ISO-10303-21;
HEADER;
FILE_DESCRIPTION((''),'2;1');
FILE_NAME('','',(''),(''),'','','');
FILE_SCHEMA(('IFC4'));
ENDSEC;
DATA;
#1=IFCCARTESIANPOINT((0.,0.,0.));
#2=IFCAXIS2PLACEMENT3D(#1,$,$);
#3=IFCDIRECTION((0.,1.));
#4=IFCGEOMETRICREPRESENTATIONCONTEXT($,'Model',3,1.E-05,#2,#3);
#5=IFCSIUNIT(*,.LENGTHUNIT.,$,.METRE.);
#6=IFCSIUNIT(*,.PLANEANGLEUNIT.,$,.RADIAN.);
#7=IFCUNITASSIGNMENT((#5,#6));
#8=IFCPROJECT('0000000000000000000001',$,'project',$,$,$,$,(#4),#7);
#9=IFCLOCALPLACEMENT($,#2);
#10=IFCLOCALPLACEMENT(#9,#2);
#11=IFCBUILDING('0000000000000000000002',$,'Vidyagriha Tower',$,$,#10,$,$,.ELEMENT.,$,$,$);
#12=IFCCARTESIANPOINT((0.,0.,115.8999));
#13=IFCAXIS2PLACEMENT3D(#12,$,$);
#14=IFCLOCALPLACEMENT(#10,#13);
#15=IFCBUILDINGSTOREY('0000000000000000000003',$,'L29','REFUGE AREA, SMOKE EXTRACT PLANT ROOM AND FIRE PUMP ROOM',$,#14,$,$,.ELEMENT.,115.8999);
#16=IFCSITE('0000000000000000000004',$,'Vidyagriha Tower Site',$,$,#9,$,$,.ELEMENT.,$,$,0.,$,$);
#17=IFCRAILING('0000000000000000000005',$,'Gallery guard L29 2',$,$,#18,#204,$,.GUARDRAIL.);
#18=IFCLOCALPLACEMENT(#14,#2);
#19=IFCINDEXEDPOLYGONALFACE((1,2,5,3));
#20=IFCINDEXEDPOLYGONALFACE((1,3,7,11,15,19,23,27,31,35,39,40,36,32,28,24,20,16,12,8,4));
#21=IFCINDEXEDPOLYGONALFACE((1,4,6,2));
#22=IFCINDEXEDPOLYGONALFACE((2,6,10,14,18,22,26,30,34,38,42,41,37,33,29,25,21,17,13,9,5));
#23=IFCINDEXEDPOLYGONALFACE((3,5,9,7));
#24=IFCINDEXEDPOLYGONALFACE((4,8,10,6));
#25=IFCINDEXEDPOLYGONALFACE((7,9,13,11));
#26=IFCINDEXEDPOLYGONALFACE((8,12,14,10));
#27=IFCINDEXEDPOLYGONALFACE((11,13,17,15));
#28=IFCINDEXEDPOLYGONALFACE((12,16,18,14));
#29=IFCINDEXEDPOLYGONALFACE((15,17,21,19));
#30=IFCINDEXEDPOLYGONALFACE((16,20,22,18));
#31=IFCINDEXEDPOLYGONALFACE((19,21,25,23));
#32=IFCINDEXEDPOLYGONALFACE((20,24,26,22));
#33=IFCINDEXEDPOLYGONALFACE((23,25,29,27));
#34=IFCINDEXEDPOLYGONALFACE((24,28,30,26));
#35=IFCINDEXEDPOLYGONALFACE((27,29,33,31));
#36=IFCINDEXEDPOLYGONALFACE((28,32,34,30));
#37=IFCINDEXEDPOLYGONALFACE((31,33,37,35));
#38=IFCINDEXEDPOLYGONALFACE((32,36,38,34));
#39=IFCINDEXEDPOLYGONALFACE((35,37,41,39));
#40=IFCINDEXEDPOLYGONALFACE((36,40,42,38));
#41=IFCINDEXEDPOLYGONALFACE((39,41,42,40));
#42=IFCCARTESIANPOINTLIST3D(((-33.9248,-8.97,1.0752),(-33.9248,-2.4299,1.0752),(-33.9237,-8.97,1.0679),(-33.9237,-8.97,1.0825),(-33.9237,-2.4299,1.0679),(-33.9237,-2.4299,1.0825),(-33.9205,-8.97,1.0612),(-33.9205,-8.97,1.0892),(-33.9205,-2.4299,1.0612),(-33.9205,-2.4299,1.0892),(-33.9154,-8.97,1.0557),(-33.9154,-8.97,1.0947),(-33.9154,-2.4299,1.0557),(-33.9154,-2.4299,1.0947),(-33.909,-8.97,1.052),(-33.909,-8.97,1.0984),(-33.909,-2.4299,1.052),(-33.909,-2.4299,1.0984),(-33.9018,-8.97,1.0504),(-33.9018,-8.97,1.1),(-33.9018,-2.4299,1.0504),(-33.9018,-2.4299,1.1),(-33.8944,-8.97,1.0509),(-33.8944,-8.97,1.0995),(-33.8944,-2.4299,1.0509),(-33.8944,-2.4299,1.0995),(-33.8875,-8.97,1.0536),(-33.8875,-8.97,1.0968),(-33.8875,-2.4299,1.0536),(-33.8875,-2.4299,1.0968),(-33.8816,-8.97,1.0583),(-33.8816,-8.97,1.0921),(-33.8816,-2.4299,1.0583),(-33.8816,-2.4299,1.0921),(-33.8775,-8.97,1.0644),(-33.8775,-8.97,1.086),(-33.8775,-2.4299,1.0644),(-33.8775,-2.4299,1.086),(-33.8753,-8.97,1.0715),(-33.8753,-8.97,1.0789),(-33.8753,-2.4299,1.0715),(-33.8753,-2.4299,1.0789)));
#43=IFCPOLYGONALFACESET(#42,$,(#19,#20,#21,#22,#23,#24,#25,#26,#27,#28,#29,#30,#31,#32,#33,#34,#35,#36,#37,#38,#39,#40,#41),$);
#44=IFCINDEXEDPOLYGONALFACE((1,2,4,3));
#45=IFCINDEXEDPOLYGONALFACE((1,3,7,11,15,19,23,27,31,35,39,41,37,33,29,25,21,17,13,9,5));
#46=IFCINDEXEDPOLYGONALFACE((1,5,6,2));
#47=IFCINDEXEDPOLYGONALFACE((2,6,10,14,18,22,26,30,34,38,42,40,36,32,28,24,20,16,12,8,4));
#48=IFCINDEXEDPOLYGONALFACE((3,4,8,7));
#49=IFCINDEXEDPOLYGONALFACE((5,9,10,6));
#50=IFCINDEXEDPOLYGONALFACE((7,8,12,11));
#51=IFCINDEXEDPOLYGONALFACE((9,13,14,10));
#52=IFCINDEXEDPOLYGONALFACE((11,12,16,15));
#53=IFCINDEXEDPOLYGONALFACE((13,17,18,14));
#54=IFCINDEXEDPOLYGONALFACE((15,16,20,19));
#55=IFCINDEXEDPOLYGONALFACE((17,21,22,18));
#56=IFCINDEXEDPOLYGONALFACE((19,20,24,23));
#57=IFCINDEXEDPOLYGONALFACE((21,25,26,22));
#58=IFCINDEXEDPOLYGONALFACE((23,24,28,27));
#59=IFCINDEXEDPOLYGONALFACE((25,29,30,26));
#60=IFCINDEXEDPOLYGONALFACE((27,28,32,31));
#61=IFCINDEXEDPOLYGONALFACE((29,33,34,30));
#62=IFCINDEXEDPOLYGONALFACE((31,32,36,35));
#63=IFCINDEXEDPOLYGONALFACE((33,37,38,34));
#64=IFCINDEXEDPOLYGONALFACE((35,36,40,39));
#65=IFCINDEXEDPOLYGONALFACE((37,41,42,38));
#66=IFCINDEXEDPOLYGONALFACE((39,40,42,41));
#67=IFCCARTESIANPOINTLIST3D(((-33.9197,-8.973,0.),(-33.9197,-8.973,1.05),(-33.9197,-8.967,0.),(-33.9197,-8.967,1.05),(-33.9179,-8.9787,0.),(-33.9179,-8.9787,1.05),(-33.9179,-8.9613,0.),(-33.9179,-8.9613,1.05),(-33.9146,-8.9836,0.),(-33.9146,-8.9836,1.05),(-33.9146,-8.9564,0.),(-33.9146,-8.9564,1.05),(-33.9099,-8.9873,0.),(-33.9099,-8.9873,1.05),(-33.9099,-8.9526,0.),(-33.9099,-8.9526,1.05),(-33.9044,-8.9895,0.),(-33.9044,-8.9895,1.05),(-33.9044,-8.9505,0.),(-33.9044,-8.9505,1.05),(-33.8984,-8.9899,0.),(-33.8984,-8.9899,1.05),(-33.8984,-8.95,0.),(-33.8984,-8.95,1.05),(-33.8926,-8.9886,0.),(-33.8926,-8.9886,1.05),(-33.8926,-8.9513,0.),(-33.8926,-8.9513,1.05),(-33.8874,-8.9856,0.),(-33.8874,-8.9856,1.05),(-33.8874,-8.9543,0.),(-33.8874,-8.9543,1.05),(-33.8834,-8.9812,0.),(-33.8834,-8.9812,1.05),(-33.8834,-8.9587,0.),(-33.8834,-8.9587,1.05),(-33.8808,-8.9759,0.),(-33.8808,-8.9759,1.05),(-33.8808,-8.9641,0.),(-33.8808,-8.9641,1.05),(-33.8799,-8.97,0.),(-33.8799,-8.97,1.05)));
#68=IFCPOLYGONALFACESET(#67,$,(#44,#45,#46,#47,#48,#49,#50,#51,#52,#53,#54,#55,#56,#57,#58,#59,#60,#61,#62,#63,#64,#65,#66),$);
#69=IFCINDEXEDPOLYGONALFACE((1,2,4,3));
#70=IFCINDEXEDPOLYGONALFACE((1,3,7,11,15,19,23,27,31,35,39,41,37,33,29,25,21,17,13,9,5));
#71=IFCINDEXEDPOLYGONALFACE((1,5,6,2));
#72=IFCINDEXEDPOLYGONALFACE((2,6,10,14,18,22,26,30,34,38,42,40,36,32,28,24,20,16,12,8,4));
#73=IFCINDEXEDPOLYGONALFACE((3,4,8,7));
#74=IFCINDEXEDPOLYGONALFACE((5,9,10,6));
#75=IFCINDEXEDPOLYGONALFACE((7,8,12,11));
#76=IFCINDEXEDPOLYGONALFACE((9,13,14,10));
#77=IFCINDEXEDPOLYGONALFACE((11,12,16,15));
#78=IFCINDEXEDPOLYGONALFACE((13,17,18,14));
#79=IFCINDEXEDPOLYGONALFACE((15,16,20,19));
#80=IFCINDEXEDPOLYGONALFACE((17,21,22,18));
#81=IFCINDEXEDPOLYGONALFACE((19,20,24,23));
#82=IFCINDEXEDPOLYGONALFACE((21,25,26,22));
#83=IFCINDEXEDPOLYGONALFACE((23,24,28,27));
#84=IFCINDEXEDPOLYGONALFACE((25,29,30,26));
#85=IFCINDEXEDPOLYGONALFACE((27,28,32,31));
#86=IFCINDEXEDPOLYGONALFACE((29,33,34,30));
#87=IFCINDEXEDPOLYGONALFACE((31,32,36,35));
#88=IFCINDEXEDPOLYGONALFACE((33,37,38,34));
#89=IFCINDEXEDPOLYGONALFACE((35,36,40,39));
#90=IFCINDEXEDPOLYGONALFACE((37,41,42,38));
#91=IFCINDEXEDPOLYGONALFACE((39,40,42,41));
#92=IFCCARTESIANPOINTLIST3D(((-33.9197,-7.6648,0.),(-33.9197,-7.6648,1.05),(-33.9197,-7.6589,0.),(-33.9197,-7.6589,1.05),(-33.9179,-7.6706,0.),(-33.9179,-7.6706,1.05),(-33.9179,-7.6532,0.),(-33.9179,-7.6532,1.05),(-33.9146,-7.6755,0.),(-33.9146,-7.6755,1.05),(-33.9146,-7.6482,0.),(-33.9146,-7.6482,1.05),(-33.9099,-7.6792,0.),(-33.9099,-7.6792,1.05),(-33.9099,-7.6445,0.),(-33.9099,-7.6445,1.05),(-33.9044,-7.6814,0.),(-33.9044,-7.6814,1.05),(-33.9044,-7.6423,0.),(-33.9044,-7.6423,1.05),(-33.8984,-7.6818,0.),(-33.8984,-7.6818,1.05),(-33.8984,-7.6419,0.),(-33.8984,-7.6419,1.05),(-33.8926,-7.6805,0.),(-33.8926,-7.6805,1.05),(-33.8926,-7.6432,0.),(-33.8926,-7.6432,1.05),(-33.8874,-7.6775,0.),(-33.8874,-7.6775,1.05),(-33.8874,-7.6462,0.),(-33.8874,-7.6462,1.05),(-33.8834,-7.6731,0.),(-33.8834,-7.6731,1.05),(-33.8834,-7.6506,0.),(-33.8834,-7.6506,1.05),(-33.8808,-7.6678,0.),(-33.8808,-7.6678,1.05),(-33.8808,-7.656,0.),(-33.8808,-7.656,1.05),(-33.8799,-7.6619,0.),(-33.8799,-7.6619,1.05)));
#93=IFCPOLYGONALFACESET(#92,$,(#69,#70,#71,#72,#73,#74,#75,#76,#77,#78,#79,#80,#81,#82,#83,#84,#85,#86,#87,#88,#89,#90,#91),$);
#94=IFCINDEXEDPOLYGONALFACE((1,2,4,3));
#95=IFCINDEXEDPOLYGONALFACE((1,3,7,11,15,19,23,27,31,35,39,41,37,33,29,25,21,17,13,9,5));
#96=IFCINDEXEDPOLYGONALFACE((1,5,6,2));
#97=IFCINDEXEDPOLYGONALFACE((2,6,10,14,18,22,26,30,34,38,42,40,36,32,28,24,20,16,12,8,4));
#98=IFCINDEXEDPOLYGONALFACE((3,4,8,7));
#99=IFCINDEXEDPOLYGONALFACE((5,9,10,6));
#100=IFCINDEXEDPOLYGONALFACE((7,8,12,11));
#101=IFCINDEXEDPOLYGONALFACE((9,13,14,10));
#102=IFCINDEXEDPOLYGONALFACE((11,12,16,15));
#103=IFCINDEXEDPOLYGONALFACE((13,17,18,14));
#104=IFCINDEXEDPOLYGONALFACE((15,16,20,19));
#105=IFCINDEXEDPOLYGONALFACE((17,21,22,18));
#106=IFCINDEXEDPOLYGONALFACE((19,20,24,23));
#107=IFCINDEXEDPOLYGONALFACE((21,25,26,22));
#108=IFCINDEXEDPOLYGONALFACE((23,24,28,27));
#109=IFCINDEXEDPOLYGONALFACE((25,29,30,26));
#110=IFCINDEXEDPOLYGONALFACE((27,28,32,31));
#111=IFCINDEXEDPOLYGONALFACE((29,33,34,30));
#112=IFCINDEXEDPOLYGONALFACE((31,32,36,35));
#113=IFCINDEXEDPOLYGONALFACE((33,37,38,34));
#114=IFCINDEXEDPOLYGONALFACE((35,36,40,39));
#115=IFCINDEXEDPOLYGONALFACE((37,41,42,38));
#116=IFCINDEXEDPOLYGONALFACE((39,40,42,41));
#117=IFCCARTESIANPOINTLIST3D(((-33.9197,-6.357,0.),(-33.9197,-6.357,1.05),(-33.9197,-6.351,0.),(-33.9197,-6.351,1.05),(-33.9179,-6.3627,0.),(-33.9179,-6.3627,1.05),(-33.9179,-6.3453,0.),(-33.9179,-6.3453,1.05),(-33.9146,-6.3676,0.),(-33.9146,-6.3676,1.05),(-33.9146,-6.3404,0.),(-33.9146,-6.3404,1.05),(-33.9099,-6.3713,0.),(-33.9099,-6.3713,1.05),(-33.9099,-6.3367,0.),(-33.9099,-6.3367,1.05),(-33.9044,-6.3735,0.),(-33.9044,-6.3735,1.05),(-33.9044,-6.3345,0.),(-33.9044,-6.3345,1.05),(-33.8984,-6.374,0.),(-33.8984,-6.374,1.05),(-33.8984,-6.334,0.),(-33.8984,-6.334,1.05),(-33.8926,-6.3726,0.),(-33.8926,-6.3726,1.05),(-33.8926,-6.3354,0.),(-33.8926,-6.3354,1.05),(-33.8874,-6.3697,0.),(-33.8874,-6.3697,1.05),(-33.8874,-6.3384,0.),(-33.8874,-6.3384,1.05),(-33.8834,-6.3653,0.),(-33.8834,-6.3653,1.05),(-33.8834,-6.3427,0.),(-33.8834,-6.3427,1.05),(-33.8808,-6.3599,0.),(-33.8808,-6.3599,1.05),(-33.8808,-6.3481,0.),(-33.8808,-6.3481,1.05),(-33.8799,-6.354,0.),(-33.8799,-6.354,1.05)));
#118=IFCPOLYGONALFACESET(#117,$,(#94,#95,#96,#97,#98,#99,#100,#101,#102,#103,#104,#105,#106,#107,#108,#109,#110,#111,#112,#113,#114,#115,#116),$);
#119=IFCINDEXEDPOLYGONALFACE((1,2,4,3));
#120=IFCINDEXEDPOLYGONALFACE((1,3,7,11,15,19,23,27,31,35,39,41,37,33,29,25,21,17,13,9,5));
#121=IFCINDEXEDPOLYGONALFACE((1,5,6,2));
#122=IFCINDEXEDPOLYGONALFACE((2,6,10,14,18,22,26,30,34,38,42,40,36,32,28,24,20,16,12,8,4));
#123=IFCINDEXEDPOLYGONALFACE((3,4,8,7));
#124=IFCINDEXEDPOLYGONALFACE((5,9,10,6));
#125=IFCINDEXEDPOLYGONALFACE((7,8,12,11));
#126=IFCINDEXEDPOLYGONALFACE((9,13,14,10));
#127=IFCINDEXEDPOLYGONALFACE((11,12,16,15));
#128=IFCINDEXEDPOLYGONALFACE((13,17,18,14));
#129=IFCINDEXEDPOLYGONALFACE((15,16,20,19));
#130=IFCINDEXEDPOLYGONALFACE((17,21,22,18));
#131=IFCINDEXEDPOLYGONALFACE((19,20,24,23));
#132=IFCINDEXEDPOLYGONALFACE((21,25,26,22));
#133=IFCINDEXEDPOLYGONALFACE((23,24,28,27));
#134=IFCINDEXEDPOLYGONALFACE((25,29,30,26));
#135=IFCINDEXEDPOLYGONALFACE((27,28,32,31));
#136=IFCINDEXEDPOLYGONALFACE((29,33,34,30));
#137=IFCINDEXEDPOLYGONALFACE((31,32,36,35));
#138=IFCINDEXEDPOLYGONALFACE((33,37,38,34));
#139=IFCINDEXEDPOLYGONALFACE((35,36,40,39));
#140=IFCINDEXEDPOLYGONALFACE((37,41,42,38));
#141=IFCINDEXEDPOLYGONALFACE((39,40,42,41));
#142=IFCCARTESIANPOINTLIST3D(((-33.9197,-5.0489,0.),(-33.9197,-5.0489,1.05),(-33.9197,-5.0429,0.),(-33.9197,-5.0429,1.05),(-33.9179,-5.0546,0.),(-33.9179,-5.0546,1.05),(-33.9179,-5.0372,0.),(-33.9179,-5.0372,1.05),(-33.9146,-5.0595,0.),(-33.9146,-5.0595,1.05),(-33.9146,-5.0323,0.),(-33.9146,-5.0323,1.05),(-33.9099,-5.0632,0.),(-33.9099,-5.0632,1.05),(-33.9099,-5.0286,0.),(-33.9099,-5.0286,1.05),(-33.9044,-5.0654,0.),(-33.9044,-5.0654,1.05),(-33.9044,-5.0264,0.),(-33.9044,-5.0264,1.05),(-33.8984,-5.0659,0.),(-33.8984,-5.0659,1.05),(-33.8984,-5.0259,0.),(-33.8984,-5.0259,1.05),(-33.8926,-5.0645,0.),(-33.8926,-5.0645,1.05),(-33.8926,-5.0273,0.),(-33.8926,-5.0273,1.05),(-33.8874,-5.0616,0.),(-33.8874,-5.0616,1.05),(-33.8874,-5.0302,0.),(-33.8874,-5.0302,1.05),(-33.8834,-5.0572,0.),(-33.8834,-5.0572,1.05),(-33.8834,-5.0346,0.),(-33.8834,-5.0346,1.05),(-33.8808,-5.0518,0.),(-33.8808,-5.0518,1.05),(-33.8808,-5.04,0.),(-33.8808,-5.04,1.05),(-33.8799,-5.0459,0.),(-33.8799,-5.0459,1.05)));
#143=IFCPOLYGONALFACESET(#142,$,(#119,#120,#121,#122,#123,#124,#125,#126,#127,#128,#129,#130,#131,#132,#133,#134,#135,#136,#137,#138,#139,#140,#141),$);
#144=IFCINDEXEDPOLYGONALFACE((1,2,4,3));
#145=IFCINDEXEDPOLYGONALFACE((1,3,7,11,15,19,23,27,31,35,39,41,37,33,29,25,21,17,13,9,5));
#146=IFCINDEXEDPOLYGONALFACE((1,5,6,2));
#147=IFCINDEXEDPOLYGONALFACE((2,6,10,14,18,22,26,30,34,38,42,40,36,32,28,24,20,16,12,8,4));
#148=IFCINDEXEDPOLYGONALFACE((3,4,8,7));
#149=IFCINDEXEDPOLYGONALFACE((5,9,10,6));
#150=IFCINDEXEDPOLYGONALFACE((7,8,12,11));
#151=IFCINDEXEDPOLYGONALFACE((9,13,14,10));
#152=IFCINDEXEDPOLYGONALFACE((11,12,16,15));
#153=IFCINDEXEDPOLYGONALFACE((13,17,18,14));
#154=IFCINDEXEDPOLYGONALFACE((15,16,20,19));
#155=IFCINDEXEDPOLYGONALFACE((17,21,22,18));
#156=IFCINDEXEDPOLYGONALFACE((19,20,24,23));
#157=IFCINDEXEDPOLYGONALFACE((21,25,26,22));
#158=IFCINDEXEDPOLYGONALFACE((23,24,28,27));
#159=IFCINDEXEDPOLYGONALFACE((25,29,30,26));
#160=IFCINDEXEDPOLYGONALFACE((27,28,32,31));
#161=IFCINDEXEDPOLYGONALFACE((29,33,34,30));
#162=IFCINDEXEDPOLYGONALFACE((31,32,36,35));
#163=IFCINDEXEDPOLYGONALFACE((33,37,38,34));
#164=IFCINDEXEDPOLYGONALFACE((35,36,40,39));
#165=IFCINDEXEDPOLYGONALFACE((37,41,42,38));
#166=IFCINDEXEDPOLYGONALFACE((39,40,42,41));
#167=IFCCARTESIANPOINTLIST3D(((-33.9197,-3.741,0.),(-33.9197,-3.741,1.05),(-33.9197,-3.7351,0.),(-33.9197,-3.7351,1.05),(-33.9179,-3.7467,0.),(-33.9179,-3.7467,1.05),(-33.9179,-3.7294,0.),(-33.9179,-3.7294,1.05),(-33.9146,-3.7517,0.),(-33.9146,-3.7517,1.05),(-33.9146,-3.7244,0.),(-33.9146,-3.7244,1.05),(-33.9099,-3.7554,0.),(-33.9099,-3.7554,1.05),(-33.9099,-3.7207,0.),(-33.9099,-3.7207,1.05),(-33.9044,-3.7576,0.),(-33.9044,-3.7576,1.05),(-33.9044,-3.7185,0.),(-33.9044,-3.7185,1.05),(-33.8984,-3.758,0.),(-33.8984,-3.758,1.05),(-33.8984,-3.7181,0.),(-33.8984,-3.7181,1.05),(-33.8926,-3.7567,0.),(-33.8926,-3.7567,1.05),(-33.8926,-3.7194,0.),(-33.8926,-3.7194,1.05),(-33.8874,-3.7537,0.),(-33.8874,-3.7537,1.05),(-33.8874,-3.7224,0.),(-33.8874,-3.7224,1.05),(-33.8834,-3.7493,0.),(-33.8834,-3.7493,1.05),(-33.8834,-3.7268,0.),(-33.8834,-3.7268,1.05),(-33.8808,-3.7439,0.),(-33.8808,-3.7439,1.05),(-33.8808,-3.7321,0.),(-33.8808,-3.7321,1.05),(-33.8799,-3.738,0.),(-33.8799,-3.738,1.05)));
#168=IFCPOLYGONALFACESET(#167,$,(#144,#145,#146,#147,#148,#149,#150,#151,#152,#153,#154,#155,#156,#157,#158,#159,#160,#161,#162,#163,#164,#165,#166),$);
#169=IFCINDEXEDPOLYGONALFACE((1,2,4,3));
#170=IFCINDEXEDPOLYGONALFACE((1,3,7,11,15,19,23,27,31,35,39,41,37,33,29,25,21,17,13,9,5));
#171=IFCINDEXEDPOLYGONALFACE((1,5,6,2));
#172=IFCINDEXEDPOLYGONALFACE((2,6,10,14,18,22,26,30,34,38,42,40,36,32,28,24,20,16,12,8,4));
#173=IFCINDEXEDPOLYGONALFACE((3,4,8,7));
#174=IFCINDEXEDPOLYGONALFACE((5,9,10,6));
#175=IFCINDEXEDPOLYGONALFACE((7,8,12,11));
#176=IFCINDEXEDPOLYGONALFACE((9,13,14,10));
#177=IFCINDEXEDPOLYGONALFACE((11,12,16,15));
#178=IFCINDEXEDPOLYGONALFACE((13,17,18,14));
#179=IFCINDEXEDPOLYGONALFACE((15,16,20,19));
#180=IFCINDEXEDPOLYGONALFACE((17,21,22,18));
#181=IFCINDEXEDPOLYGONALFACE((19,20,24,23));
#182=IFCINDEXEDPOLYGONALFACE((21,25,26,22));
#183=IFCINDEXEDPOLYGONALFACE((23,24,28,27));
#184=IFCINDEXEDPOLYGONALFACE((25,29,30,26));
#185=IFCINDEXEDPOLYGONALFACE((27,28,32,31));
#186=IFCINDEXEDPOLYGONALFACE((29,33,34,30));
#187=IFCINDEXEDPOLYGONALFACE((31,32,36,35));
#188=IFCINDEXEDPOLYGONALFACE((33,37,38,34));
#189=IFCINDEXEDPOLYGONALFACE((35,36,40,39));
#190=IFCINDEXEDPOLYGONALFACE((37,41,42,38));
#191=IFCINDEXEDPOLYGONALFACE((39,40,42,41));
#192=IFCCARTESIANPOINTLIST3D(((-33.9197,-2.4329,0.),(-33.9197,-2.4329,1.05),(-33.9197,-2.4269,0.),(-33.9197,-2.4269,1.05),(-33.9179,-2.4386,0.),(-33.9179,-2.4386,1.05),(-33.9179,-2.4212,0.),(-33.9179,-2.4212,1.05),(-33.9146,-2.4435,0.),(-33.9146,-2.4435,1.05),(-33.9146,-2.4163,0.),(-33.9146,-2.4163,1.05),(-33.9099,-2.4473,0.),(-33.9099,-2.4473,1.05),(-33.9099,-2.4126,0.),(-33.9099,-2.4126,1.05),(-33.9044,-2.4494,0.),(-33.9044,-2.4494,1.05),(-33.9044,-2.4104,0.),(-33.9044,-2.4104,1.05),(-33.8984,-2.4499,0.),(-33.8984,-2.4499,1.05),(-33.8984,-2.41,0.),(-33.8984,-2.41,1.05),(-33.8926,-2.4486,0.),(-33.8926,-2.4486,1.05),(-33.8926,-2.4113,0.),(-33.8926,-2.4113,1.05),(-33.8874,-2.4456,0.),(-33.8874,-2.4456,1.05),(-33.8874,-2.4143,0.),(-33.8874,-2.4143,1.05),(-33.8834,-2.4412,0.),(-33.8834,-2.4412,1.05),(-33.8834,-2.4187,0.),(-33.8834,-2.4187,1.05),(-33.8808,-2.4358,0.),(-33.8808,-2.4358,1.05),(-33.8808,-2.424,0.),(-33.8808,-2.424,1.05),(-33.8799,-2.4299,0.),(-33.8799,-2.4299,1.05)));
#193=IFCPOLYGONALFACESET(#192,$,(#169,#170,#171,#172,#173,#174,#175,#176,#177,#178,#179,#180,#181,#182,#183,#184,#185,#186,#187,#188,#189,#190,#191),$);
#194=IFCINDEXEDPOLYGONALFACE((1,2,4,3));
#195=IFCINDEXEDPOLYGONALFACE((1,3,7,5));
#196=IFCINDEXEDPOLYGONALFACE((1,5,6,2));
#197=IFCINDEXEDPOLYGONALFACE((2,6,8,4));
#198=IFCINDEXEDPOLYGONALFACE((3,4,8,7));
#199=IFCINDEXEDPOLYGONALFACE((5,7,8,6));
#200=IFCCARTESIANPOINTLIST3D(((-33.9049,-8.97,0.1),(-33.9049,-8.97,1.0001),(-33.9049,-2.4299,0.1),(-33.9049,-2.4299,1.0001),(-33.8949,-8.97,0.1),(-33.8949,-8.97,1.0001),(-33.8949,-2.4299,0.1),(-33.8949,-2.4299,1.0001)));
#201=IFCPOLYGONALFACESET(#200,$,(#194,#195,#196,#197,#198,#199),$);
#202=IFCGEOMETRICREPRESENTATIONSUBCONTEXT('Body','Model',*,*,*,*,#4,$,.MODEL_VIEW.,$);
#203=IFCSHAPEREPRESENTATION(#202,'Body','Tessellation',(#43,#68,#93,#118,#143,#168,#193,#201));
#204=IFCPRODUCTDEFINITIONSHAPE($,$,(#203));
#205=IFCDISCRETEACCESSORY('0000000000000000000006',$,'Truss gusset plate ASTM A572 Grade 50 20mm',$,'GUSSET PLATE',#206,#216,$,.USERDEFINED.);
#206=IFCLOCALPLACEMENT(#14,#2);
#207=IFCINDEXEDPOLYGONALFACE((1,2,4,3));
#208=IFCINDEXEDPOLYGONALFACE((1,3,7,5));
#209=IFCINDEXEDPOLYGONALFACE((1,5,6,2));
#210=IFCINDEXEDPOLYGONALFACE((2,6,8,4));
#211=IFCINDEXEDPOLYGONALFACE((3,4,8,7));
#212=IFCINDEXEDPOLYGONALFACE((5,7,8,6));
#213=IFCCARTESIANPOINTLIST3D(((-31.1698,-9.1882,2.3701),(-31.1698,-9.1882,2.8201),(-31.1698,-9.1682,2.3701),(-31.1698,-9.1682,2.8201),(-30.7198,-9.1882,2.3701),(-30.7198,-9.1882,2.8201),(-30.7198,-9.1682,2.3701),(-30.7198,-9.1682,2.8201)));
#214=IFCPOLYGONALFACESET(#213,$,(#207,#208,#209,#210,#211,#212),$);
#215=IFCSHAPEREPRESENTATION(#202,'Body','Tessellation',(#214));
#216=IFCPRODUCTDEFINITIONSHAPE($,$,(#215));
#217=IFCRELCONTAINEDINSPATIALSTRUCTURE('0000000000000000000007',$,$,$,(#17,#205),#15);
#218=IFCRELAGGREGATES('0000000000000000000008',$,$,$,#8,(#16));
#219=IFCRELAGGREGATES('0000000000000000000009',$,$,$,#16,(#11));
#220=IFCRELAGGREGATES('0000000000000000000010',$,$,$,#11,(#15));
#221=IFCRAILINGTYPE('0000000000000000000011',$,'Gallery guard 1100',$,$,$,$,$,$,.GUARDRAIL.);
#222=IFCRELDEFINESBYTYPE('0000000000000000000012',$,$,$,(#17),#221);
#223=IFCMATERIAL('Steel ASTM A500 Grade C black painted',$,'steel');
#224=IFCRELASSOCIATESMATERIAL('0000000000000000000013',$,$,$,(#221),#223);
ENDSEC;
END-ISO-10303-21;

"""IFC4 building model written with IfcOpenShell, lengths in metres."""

from ifc_helpers import new_model, si_unit, direction, frame, origin, origin_2d, place, context, subcontext, project, spatial, rectangle, circle, extrude, material, type_object, element, save


model = new_model("IFC4")

# Units and contexts
model_context = context("Model", 3, precision=1e-05, world=origin(), true_north=direction((0.0, 1.0)))
body_context = subcontext(model_context, "Body", "Model", "MODEL_VIEW")
ifc_project = project(units=[si_unit("LENGTHUNIT", "METRE"), si_unit("PLANEANGLEUNIT", "RADIAN")], contexts=[model_context])

# Site, building, storey
site_placement = place(None, origin())
site = spatial("IfcSite", under=ifc_project, at=site_placement, Name="Vidyagriha Tower Site", CompositionType="ELEMENT", RefElevation=0.0)
building_placement = place(site_placement, origin())
building = spatial("IfcBuilding", under=site, at=building_placement, Name="Vidyagriha Tower", CompositionType="ELEMENT")
storey_placement = place(building_placement, frame((0.0, 0.0, 115.8999)))
storey = spatial("IfcBuildingStorey", under=building, at=storey_placement, Name="L29", Description="REFUGE AREA, SMOKE EXTRACT PLANT ROOM AND FIRE PUMP ROOM", CompositionType="ELEMENT", Elevation=115.8999)

# Railing
ifc_material_1 = material(Name="Steel ASTM A500 Grade C black painted", Category="steel")
railing_type = type_object("IfcRailingType", Name="Gallery guard 1100", PredefinedType="GUARDRAIL", material=ifc_material_1)
railing_placement = place(storey_placement, frame((-33.8999, -8.97, 0.0)))
element("IfcRailing", 1, at=railing_placement, inside=storey, type_object=railing_type, Name="Gallery guard L29 2", PredefinedType="GUARDRAIL", context=body_context, shape_type="SweptSolid", body=[
    extrude(circle(Radius=0.0249, at=origin_2d()), frame((0.0, 0.0, 1.0752), z_axis=(0.0, 1.0, 0.0), x_axis=(-1.0, 0.0, 0.0)), (0.0, 0.0, 1.0), 6.54),
    extrude(circle(Radius=0.02, at=origin_2d()), origin(), (0.0, 0.0, 1.0), 1.05),
    extrude(circle(Radius=0.02, at=origin_2d()), frame((0.0, 1.3081, 0.0)), (0.0, 0.0, 1.0), 1.05),
    extrude(circle(Radius=0.02, at=origin_2d()), frame((0.0, 2.616, 0.0)), (0.0, 0.0, 1.0), 1.05),
    extrude(circle(Radius=0.02, at=origin_2d()), frame((0.0, 3.9241, 0.0)), (0.0, 0.0, 1.0), 1.05),
    extrude(circle(Radius=0.02, at=origin_2d()), frame((0.0, 5.2319, 0.0)), (0.0, 0.0, 1.0), 1.05),
    extrude(circle(Radius=0.02, at=origin_2d()), frame((0.0, 6.54, 0.0)), (0.0, 0.0, 1.0), 1.05),
    extrude(rectangle(XDim=0.01, YDim=0.9001, at=origin_2d()), frame((0.0, 0.0, 0.55), z_axis=(0.0, 1.0, 0.0), x_axis=(-1.0, 0.0, 0.0)), (0.0, 0.0, 1.0), 6.54),
])

# Discrete accessory
discrete_accessory_1_placement = place(storey_placement, frame((-30.9448, -9.1782, 2.3701)))
element("IfcDiscreteAccessory", 2, at=discrete_accessory_1_placement, inside=storey, Name="Truss gusset plate ASTM A572 Grade 50 20mm", ObjectType="GUSSET PLATE", PredefinedType="USERDEFINED", context=body_context, shape_type="SweptSolid", body=[
    extrude(rectangle(XDim=0.45, YDim=0.02, at=origin_2d()), origin(), (0.0, 0.0, 1.0), 0.45),
])

save(model, "model.ifc")
